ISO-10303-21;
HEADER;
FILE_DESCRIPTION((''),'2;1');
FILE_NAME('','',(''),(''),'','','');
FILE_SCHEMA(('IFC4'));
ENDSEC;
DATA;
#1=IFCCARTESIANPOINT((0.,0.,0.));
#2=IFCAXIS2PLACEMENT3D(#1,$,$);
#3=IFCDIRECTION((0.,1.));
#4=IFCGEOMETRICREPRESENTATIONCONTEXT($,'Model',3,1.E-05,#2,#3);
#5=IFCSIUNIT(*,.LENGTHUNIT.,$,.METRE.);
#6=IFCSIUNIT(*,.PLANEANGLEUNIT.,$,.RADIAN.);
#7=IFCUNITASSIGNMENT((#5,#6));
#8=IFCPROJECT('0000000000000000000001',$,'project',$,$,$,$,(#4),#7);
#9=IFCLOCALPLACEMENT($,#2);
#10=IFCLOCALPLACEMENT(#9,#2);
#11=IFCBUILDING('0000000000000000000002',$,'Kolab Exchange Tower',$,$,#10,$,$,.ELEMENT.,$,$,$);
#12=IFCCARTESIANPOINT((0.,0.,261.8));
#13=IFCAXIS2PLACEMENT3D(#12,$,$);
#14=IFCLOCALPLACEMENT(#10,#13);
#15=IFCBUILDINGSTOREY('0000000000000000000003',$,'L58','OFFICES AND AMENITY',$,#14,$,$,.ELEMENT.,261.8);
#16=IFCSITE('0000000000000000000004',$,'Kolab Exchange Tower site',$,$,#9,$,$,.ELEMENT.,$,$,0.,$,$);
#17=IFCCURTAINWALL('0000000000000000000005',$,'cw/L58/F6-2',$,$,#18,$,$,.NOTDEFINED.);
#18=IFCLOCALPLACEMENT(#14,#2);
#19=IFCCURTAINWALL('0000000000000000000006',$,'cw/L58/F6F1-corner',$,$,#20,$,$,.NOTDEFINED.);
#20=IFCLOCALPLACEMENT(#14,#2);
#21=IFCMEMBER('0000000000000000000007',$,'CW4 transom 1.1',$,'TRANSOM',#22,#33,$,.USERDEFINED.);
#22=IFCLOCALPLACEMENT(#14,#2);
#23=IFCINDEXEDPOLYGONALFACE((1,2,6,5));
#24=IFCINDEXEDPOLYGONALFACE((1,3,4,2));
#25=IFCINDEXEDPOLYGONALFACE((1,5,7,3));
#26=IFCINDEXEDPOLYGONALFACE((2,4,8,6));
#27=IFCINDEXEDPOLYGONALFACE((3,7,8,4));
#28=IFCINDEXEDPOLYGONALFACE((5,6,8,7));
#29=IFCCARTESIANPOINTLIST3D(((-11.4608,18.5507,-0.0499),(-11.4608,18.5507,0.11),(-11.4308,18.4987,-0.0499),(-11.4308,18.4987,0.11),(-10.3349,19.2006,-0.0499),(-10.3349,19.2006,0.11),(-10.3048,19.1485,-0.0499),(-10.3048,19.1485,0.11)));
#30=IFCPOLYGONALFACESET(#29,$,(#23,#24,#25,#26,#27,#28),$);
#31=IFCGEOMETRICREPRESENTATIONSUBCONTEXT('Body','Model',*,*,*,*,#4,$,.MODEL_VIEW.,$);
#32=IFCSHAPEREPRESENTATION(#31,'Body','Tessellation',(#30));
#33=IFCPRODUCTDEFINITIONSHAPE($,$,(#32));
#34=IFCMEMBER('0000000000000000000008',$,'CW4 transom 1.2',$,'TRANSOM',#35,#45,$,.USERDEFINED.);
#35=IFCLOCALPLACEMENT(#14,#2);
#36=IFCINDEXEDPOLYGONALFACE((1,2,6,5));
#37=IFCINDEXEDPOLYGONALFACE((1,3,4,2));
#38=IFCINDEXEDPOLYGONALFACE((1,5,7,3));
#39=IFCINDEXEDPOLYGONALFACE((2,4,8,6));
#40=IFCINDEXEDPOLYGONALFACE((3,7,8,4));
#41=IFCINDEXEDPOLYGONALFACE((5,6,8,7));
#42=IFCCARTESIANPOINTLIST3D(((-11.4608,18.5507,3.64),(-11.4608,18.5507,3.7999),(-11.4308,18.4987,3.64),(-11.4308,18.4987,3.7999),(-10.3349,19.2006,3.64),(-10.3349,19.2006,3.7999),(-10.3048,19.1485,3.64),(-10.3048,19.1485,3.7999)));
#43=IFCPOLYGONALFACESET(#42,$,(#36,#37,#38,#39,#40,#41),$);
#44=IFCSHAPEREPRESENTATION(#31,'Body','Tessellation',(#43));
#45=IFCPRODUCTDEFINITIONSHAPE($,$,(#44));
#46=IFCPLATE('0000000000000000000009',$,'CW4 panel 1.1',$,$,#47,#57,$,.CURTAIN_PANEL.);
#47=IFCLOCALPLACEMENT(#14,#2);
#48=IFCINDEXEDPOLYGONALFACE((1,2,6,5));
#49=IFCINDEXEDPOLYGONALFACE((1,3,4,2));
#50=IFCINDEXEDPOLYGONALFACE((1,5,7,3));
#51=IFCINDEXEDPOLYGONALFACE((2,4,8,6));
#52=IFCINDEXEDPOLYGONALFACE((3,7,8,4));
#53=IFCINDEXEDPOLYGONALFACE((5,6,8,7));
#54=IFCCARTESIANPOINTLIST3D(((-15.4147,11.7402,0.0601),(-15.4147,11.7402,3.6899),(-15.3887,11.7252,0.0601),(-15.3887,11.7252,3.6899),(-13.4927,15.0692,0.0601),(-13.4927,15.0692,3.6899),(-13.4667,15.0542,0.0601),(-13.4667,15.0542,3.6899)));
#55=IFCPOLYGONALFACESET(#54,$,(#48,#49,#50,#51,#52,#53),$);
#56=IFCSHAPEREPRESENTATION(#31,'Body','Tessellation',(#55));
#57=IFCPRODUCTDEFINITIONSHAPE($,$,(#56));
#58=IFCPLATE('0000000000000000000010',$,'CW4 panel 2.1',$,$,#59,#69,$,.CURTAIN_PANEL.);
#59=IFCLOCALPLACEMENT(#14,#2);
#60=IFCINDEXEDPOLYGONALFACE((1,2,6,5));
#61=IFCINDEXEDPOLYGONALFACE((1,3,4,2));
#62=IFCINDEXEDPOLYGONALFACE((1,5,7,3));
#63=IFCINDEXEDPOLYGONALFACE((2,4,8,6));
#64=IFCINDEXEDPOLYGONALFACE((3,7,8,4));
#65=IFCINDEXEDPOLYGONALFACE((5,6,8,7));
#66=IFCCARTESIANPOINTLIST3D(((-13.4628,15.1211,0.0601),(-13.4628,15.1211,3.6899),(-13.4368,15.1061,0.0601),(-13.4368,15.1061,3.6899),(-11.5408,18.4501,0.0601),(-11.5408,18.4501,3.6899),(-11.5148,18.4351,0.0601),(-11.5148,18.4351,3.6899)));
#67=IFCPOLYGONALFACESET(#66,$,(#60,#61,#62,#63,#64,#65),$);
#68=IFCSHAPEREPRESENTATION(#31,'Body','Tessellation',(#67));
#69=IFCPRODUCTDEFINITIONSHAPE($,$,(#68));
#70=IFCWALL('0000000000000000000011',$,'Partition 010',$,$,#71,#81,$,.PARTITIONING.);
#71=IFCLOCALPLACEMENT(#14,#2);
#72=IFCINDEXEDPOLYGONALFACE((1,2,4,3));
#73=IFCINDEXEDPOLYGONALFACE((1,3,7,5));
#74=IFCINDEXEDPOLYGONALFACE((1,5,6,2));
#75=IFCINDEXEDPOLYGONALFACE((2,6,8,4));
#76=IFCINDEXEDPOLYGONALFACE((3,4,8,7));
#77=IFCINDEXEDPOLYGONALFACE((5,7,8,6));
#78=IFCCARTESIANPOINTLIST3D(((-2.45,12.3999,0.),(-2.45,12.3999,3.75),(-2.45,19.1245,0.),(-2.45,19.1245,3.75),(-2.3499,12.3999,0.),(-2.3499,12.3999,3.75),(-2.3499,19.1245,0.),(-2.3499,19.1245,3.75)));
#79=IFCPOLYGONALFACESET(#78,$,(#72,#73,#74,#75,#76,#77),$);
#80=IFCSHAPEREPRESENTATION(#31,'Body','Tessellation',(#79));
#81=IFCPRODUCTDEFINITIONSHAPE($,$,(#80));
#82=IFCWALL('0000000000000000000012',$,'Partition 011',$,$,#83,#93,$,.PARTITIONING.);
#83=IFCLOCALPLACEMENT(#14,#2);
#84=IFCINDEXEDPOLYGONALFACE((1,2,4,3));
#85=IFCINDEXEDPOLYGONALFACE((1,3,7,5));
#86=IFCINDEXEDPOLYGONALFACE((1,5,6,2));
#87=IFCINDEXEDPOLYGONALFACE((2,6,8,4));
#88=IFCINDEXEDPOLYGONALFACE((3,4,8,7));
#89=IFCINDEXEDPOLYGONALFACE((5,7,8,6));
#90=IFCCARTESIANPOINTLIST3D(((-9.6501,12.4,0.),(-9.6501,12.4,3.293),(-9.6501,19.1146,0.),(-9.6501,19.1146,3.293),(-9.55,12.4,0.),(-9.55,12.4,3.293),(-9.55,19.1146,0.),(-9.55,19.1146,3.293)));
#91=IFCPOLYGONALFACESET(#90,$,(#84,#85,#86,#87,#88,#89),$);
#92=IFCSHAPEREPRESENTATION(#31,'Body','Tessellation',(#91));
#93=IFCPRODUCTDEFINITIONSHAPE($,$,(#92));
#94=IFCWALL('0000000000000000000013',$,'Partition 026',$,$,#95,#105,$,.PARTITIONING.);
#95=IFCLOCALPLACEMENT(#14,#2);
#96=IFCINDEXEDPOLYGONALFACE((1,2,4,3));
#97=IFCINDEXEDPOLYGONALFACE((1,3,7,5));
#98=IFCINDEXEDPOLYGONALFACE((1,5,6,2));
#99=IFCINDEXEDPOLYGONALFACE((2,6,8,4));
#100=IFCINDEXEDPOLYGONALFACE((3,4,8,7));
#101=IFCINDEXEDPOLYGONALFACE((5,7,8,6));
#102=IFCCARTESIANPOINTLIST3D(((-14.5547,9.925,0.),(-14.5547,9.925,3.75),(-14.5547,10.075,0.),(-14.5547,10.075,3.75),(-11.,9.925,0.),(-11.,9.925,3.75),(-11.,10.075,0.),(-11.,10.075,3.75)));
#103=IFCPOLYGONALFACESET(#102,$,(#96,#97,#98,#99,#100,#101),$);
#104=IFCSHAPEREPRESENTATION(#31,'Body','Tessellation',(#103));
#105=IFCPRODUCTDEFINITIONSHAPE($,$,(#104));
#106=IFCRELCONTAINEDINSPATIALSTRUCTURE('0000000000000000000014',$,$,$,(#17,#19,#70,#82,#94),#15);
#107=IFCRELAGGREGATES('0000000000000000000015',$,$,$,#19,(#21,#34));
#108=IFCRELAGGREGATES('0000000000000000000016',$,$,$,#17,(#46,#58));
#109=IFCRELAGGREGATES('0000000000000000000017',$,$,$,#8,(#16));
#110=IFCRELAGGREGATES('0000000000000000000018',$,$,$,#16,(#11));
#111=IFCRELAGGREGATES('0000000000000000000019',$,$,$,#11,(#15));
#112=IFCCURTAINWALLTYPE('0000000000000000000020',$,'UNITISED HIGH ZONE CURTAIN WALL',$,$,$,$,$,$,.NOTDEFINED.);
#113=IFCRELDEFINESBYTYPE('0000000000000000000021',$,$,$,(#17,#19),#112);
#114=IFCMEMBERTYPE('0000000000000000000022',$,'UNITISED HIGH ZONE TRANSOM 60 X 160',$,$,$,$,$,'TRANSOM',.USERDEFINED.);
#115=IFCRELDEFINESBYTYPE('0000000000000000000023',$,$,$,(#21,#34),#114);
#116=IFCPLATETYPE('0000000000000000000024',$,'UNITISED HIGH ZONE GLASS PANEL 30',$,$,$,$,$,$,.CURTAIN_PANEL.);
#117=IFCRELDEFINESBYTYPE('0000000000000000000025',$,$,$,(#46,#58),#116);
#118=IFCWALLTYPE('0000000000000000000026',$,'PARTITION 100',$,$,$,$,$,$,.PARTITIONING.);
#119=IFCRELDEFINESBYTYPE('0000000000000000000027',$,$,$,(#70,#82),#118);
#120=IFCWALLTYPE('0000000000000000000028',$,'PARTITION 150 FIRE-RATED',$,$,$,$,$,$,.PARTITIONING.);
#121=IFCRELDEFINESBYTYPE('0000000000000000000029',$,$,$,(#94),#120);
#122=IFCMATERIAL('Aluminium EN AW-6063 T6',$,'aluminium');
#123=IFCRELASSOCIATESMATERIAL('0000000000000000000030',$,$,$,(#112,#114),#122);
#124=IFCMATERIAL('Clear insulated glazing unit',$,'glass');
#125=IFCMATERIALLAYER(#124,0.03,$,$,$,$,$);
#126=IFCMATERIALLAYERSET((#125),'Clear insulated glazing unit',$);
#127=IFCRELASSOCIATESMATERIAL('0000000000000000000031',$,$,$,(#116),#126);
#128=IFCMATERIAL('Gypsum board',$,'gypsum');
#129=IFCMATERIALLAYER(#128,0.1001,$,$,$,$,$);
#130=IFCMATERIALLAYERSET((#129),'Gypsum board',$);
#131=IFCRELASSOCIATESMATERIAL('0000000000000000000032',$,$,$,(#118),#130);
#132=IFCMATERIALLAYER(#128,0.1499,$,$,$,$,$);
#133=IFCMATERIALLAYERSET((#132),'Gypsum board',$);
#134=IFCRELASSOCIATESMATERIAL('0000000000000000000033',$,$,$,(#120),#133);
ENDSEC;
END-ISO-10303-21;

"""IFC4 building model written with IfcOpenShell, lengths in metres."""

from ifc_helpers import new_model, si_unit, direction, frame, frame_2d, origin, origin_2d, place, context, subcontext, project, spatial, rectangle, extrude, material, layer, layer_set, material_profile, profile_set, type_object, element, aggregate, save


model = new_model("IFC4")

# Units and contexts
model_context = context("Model", 3, precision=1e-05, world=origin(), true_north=direction((0.0, 1.0)))
body_context = subcontext(model_context, "Body", "Model", "MODEL_VIEW")
ifc_project = project(units=[si_unit("LENGTHUNIT", "METRE"), si_unit("PLANEANGLEUNIT", "RADIAN")], contexts=[model_context])

# Site, building, storey
site_placement = place(None, origin())
site = spatial("IfcSite", under=ifc_project, at=site_placement, Name="Kolab Exchange Tower site", CompositionType="ELEMENT", RefElevation=0.0)
building_placement = place(site_placement, origin())
building = spatial("IfcBuilding", under=site, at=building_placement, Name="Kolab Exchange Tower", CompositionType="ELEMENT")
storey_placement = place(building_placement, frame((0.0, 0.0, 261.8)))
storey = spatial("IfcBuildingStorey", under=building, at=storey_placement, Name="L58", Description="OFFICES AND AMENITY", CompositionType="ELEMENT", Elevation=261.8)

# Curtain wall
ifc_material_1 = material(Name="Aluminium EN AW-6063 T6", Category="aluminium")
curtain_wall_type = type_object("IfcCurtainWallType", Name="UNITISED HIGH ZONE CURTAIN WALL", PredefinedType="NOTDEFINED", material=ifc_material_1)
curtain_wall_1_placement = place(storey_placement, origin())
curtain_wall_1 = element("IfcCurtainWall", 1, at=curtain_wall_1_placement, inside=storey, type_object=curtain_wall_type, Name="cw/L58/F6-2", PredefinedType="NOTDEFINED")

# Curtain wall
curtain_wall_2_placement = place(storey_placement, origin())
curtain_wall_2 = element("IfcCurtainWall", 2, at=curtain_wall_2_placement, inside=storey, type_object=curtain_wall_type, Name="cw/L58/F6F1-corner", PredefinedType="NOTDEFINED")

# Members
ifc_material_profile_1 = material_profile(ifc_material_1, rectangle(XDim=0.0601, YDim=0.1599, at=origin_2d()), Name="RECT 60X160")
ifc_profile_set_1 = profile_set([ifc_material_profile_1], Name="Aluminium EN AW-6063 T6")
member_type_1 = type_object("IfcMemberType", Name="UNITISED HIGH ZONE TRANSOM 60 X 160", ElementType="TRANSOM", PredefinedType="USERDEFINED", material=ifc_profile_set_1)
member_1_placement = place(storey_placement, frame((-11.4458, 18.5247, 0.03), z_axis=(0.866086, 0.499896, 0.0), x_axis=(-0.499896, 0.866086, 0.0)))
member_1 = element("IfcMember", 3, at=member_1_placement, type_object=member_type_1, Name="CW4 transom 1.1", ObjectType="TRANSOM", PredefinedType="USERDEFINED", context=body_context, shape_type="SweptSolid", body=[
    extrude(rectangle(XDim=0.0601, YDim=0.1599, at=origin_2d()), origin(), (0.0, 0.0, 1.0), 1.3),
])
member_2_placement = place(storey_placement, frame((-11.4458, 18.5247, 3.72), z_axis=(0.866086, 0.499896, 0.0), x_axis=(-0.499896, 0.866086, 0.0)))
member_2 = element("IfcMember", 4, at=member_2_placement, type_object=member_type_1, Name="CW4 transom 1.2", ObjectType="TRANSOM", PredefinedType="USERDEFINED", context=body_context, shape_type="SweptSolid", body=[
    extrude(rectangle(XDim=0.0601, YDim=0.1599, at=origin_2d()), origin(), (0.0, 0.0, 1.0), 1.3),
])
aggregate(curtain_wall_2, [member_1, member_2])

# Plates
ifc_material_2 = material(Name="Clear insulated glazing unit", Category="glass")
ifc_layer_1 = layer(ifc_material_2, 0.03)
ifc_layer_set_1 = layer_set([ifc_layer_1], Name="Clear insulated glazing unit")
plate_type = type_object("IfcPlateType", Name="UNITISED HIGH ZONE GLASS PANEL 30", PredefinedType="CURTAIN_PANEL", material=ifc_layer_set_1)
plate_1_placement = place(storey_placement, frame((-14.4407, 13.3972, 0.0601), z_axis=(0.0, 0.0, 1.0), x_axis=(0.5, 0.866025, 0.0)))
plate_1 = element("IfcPlate", 5, at=plate_1_placement, type_object=plate_type, Name="CW4 panel 1.1", PredefinedType="CURTAIN_PANEL", context=body_context, shape_type="SweptSolid", body=[
    extrude(rectangle(XDim=3.844, YDim=0.03, at=origin_2d()), origin(), (0.0, 0.0, 1.0), 3.6299),
])
plate_2_placement = place(storey_placement, frame((-12.4888, 16.7781, 0.0601), z_axis=(0.0, 0.0, 1.0), x_axis=(0.5, 0.866025, 0.0)))
plate_2 = element("IfcPlate", 6, at=plate_2_placement, type_object=plate_type, Name="CW4 panel 2.1", PredefinedType="CURTAIN_PANEL", context=body_context, shape_type="SweptSolid", body=[
    extrude(rectangle(XDim=3.844, YDim=0.03, at=origin_2d()), origin(), (0.0, 0.0, 1.0), 3.6299),
])
aggregate(curtain_wall_1, [plate_1, plate_2])

# Walls
ifc_material_3 = material(Name="Gypsum board", Category="gypsum")
ifc_layer_2 = layer(ifc_material_3, 0.1001)
ifc_layer_set_2 = layer_set([ifc_layer_2], Name="Gypsum board")
wall_type_1 = type_object("IfcWallType", Name="PARTITION 100", PredefinedType="PARTITIONING", material=ifc_layer_set_2)
wall_1_placement = place(storey_placement, frame((-2.3999, 12.3999, 0.0), z_axis=(0.0, 0.0, 1.0), x_axis=(0.0, 1.0, 0.0)))
element("IfcWall", 7, at=wall_1_placement, inside=storey, type_object=wall_type_1, Name="Partition 010", PredefinedType="PARTITIONING", context=body_context, shape_type="SweptSolid", body=[
    extrude(rectangle(XDim=6.7246, YDim=0.1001, at=frame_2d((3.3623, 0.0))), origin(), (0.0, 0.0, 1.0), 3.75),
])
wall_2_placement = place(storey_placement, frame((-9.6001, 12.3999, 0.0), z_axis=(0.0, 0.0, 1.0), x_axis=(0.0, 1.0, 0.0)))
element("IfcWall", 8, at=wall_2_placement, inside=storey, type_object=wall_type_1, Name="Partition 011", PredefinedType="PARTITIONING", context=body_context, shape_type="SweptSolid", body=[
    extrude(rectangle(XDim=6.7146, YDim=0.1001, at=frame_2d((3.3574, 0.0))), origin(), (0.0, 0.0, 1.0), 3.293),
])
ifc_layer_3 = layer(ifc_material_3, 0.1499)
ifc_layer_set_3 = layer_set([ifc_layer_3], Name="Gypsum board")
wall_type_2 = type_object("IfcWallType", Name="PARTITION 150 FIRE-RATED", PredefinedType="PARTITIONING", material=ifc_layer_set_3)
wall_3_placement = place(storey_placement, frame((-14.5547, 10.0, 0.0), z_axis=(0.0, 0.0, 1.0), x_axis=(1.0, 0.0, 0.0)))
element("IfcWall", 9, at=wall_3_placement, inside=storey, type_object=wall_type_2, Name="Partition 026", PredefinedType="PARTITIONING", context=body_context, shape_type="SweptSolid", body=[
    extrude(rectangle(XDim=3.5547, YDim=0.1499, at=frame_2d((1.7773, 0.0))), origin(), (0.0, 0.0, 1.0), 3.75),
])

save(model, "model.ifc")
